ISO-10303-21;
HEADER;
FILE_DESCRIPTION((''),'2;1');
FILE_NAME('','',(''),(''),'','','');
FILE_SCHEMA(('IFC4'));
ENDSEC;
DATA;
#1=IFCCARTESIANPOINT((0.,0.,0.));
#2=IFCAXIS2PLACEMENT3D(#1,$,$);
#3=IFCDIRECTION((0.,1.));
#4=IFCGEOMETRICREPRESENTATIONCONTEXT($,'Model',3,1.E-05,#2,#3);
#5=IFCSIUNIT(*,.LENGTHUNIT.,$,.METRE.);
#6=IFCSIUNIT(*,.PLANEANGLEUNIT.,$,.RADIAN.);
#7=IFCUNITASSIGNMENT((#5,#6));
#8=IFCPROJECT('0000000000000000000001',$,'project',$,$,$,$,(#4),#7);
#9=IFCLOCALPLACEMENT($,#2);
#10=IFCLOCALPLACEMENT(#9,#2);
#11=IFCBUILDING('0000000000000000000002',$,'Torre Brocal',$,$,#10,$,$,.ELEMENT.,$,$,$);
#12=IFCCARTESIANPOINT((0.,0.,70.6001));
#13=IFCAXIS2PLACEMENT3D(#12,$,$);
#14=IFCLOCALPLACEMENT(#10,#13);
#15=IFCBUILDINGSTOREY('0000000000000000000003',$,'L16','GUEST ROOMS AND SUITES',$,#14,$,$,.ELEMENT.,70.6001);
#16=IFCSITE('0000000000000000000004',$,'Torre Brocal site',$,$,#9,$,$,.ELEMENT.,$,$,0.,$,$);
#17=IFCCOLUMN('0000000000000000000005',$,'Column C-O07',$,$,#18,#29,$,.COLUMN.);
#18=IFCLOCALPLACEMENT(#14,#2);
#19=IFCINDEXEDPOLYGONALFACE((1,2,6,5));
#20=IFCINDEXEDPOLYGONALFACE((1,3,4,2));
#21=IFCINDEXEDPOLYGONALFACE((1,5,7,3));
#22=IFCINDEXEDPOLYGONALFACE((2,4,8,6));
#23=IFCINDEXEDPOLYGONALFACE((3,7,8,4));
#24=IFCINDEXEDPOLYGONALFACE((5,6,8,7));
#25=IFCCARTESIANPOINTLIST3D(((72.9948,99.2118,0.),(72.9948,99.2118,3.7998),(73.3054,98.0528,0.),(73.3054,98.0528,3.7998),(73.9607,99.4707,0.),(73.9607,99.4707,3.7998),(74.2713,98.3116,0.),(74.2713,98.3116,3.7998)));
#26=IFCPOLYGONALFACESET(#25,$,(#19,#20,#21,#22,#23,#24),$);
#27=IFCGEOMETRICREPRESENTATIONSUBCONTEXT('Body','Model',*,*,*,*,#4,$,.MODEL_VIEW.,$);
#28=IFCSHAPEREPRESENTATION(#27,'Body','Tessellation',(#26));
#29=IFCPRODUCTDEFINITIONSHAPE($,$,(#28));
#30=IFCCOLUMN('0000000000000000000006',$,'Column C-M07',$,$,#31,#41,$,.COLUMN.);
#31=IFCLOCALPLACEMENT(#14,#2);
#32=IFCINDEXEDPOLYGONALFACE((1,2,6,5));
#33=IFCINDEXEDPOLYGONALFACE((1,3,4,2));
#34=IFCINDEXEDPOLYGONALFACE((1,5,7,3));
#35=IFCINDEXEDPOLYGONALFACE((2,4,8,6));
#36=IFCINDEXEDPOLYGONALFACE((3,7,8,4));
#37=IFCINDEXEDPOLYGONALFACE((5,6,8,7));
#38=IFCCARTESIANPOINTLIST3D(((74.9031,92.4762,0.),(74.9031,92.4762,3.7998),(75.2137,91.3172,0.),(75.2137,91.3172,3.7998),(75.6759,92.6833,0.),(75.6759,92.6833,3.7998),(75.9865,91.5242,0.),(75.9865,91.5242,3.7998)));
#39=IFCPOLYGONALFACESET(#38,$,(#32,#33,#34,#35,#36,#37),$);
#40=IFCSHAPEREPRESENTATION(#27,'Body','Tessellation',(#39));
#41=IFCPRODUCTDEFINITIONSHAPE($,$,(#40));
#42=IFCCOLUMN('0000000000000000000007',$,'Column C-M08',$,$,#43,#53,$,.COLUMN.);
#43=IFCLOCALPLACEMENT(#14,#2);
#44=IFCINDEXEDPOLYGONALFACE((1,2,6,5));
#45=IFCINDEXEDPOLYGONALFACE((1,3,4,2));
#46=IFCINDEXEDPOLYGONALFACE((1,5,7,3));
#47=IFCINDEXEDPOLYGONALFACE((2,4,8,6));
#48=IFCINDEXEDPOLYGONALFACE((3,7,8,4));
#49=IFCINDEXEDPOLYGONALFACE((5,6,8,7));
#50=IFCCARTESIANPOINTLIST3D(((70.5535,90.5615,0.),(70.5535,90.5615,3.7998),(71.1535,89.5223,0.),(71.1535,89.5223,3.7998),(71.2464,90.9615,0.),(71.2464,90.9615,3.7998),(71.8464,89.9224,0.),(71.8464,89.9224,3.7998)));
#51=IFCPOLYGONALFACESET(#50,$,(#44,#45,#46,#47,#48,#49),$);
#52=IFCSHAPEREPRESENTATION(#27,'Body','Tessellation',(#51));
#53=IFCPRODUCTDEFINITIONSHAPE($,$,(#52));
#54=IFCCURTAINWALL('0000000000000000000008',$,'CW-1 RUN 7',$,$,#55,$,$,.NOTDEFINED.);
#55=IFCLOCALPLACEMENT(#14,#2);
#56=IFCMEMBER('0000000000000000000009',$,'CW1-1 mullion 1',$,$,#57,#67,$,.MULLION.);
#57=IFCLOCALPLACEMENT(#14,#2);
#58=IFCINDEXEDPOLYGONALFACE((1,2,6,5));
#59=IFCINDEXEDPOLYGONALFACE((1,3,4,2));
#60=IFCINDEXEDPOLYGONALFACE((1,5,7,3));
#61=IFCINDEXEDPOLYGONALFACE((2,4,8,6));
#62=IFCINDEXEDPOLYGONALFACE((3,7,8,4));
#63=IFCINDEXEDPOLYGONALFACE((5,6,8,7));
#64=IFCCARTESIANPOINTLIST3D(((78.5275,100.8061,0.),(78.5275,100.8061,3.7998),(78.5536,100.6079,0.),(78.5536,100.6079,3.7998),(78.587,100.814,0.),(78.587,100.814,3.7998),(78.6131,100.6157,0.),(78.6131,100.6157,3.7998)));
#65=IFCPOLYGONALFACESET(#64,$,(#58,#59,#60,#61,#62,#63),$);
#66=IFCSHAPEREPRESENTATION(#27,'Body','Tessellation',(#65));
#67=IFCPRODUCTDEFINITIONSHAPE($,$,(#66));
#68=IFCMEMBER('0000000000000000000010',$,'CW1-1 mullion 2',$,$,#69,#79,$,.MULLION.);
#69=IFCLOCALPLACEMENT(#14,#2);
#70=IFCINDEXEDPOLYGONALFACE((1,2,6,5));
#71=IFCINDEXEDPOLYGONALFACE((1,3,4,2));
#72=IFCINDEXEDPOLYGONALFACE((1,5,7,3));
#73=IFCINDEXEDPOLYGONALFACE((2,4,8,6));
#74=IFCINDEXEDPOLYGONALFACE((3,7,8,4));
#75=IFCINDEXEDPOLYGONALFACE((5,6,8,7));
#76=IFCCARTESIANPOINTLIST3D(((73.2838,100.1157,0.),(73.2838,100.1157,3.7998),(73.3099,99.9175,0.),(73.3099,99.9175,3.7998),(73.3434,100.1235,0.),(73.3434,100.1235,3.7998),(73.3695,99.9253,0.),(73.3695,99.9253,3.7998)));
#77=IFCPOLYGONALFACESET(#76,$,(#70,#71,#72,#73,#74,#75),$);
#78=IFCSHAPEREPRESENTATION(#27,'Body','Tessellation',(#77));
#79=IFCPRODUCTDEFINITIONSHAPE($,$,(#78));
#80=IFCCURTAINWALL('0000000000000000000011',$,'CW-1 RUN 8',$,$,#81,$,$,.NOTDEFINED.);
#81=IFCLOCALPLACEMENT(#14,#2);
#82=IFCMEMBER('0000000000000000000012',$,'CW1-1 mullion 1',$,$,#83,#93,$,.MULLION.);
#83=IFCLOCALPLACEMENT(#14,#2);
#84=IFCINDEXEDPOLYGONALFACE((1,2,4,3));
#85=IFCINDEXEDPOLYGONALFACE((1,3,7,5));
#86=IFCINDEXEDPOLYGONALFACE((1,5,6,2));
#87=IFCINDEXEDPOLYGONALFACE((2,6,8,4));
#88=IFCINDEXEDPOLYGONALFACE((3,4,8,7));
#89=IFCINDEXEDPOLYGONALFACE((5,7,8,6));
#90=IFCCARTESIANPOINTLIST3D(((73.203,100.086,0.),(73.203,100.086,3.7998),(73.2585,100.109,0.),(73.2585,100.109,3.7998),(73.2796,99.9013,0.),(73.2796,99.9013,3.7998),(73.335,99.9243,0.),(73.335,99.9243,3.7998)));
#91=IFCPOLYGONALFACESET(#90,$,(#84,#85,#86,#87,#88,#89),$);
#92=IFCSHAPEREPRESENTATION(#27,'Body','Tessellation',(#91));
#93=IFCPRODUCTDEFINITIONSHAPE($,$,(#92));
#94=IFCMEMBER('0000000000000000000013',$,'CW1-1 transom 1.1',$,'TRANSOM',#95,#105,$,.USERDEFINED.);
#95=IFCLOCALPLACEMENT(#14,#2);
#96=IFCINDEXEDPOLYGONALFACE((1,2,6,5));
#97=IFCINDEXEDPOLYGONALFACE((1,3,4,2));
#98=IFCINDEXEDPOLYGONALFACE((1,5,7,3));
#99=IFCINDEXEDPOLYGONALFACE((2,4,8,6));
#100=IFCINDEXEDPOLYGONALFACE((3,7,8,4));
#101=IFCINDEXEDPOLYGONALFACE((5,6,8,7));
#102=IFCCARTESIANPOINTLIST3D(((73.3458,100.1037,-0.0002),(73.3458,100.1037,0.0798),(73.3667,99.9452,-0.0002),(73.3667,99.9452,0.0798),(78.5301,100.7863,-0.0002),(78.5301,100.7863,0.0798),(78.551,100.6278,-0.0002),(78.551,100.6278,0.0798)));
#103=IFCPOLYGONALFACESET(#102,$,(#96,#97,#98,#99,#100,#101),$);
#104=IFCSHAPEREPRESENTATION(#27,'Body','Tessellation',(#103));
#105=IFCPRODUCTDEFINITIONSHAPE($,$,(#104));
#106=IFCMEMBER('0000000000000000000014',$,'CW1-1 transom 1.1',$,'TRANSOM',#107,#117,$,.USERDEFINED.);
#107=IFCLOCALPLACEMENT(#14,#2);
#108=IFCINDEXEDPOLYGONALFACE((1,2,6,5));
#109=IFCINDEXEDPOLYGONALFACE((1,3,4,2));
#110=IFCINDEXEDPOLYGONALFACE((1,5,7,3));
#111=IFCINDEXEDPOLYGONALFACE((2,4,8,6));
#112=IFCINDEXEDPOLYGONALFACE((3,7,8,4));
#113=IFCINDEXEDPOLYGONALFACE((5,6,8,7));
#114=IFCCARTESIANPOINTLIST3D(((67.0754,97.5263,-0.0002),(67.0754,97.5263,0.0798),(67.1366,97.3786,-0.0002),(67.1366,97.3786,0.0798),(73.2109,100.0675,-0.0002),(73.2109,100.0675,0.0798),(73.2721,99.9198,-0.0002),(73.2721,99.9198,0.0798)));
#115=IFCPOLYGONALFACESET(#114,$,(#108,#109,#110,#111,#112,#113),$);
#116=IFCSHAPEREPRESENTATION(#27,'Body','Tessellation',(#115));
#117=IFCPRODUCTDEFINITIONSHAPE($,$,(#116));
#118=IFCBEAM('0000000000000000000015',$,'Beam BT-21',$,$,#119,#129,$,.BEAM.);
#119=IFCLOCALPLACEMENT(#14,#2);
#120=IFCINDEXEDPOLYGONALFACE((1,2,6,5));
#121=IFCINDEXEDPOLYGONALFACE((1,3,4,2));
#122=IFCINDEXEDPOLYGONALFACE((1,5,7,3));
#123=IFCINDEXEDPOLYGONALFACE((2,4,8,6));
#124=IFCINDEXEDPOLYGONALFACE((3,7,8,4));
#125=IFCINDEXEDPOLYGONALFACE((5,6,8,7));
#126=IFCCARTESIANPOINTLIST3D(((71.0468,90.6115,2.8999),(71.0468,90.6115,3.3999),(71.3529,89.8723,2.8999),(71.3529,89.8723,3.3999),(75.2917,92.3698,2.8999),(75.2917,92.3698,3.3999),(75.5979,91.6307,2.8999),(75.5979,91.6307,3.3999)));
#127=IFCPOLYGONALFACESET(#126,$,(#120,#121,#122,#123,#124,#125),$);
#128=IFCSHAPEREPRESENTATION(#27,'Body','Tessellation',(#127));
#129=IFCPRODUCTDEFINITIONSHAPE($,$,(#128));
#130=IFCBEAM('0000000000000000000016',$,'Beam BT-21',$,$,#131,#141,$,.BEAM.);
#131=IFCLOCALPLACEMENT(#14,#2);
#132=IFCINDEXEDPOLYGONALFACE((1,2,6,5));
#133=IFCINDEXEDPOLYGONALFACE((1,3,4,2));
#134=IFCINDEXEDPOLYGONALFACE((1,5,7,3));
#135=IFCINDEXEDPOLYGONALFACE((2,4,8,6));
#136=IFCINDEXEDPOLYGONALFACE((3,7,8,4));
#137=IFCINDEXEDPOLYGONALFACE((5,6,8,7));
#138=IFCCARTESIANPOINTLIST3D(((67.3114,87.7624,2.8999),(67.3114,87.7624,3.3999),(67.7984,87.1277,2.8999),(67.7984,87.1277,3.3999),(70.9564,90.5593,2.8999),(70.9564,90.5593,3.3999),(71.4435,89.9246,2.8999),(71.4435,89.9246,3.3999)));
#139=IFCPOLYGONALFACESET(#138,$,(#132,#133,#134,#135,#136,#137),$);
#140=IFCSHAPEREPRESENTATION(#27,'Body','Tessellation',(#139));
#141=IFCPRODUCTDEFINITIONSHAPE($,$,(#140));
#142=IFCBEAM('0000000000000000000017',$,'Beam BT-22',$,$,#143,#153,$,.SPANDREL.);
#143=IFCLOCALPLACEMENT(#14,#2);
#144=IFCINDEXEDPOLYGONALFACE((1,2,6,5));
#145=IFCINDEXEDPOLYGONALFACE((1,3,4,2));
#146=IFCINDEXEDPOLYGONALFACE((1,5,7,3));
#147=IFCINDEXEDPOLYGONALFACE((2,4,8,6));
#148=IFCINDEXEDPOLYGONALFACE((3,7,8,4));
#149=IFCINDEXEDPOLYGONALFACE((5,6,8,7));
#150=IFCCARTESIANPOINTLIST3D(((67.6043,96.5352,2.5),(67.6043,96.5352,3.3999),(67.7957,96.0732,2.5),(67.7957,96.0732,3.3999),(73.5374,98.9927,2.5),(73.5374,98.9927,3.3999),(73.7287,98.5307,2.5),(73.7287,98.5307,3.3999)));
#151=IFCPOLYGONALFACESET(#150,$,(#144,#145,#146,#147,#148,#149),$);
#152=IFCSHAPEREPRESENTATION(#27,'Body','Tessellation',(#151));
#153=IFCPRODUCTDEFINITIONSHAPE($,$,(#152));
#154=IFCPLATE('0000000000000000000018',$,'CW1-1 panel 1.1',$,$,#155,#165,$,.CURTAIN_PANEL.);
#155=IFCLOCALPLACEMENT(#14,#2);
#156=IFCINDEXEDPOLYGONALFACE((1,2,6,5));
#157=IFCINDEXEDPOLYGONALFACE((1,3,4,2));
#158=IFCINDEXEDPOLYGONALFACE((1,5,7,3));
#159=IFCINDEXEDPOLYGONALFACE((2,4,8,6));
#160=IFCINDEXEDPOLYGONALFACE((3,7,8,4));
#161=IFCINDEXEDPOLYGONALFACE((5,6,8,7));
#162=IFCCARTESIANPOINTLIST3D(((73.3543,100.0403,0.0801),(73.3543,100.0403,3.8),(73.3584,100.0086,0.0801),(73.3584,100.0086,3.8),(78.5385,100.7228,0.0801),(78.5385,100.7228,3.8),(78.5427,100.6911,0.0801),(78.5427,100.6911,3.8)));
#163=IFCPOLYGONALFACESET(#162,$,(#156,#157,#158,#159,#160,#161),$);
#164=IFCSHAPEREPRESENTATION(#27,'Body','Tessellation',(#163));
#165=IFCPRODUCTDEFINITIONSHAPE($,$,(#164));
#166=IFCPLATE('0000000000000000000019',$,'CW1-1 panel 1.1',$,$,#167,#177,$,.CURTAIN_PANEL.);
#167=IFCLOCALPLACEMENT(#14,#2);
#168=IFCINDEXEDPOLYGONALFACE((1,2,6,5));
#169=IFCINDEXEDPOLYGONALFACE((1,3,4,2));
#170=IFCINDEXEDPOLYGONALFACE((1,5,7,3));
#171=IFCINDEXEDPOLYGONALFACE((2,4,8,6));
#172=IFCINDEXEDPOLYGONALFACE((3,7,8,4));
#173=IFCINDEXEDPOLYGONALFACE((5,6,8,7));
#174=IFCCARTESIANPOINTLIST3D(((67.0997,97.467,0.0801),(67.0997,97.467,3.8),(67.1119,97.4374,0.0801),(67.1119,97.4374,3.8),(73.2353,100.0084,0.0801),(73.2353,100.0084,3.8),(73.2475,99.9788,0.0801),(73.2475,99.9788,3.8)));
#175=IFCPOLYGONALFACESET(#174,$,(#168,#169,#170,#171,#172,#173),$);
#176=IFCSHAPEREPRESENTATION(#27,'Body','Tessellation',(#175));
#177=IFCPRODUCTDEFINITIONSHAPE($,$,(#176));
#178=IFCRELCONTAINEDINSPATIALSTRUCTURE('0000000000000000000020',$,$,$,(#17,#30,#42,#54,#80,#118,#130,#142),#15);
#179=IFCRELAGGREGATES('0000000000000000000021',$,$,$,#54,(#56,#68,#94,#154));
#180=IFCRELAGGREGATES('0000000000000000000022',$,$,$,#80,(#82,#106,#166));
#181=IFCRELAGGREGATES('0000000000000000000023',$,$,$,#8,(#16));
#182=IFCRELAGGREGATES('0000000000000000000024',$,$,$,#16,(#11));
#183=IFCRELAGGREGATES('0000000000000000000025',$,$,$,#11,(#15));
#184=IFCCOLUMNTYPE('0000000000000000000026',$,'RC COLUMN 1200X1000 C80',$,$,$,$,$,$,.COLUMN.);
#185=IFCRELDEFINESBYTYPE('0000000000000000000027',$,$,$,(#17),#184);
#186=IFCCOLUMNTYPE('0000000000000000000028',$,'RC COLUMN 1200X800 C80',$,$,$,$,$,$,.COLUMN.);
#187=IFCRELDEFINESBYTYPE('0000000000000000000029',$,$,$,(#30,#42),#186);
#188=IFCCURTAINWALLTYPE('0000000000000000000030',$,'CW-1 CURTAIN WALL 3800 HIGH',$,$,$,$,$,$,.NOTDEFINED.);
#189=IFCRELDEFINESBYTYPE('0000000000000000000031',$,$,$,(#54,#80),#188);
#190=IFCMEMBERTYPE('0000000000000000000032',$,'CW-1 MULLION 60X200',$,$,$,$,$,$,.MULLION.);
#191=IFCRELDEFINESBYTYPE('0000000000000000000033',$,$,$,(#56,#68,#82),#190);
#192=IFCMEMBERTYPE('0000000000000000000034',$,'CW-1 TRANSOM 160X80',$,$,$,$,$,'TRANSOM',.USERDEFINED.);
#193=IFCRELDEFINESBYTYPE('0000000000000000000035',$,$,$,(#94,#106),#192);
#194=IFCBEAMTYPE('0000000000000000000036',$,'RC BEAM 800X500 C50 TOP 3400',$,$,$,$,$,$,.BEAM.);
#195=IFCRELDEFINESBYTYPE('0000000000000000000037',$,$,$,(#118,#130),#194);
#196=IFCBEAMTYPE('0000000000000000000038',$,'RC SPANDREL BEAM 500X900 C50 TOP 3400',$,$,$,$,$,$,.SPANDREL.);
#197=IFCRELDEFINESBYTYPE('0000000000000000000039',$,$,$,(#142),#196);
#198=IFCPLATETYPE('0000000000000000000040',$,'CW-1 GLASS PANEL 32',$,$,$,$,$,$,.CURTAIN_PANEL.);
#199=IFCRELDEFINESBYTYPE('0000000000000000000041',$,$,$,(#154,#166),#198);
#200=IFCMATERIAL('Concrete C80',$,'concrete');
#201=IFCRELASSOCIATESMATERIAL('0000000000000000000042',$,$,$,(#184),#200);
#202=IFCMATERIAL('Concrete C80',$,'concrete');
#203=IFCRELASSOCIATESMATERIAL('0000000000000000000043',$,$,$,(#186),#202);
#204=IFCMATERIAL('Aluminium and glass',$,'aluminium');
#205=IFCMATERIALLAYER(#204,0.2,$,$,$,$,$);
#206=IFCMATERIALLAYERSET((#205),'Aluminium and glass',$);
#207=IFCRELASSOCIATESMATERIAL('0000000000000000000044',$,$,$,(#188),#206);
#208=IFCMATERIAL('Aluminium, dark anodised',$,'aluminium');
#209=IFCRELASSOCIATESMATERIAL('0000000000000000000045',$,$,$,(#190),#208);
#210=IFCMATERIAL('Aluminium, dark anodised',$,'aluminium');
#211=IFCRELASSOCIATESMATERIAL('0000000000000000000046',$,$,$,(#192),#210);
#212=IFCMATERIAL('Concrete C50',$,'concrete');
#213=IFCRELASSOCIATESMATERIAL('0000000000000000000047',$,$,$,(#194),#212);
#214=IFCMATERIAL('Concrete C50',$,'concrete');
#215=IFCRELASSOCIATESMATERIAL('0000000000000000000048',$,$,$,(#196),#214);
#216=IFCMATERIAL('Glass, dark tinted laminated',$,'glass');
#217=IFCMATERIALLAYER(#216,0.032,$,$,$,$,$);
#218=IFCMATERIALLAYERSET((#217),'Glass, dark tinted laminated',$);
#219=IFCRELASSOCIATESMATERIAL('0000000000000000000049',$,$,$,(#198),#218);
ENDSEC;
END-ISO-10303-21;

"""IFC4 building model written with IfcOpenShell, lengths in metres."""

from ifc_helpers import new_model, si_unit, direction, frame, origin, origin_2d, place, context, subcontext, project, spatial, rectangle, extrude, material, layer, layer_set, material_profile, profile_set, type_object, element, aggregate, save


model = new_model("IFC4")

# Units and contexts
model_context = context("Model", 3, precision=1e-05, world=origin(), true_north=direction((0.0, 1.0)))
body_context = subcontext(model_context, "Body", "Model", "MODEL_VIEW")
ifc_project = project(units=[si_unit("LENGTHUNIT", "METRE"), si_unit("PLANEANGLEUNIT", "RADIAN")], contexts=[model_context])

# Site, building, storey
site_placement = place(None, origin())
site = spatial("IfcSite", under=ifc_project, at=site_placement, Name="Torre Brocal site", CompositionType="ELEMENT", RefElevation=0.0)
building_placement = place(site_placement, origin())
building = spatial("IfcBuilding", under=site, at=building_placement, Name="Torre Brocal", CompositionType="ELEMENT")
storey_placement = place(building_placement, frame((0.0, 0.0, 70.6001)))
storey = spatial("IfcBuildingStorey", under=building, at=storey_placement, Name="L16", Description="GUEST ROOMS AND SUITES", CompositionType="ELEMENT", Elevation=70.6001)

# Columns
ifc_material_1 = material(Name="Concrete C80", Category="concrete")
ifc_material_profile_1 = material_profile(ifc_material_1, rectangle(XDim=1.2, YDim=1.0, at=origin_2d()), Name="RC 1200X1000")
ifc_profile_set_1 = profile_set([ifc_material_profile_1], Name="Concrete C80")
column_type_1 = type_object("IfcColumnType", Name="RC COLUMN 1200X1000 C80", PredefinedType="COLUMN", material=ifc_profile_set_1)
column_placement = place(storey_placement, frame((73.6331, 98.7617, 0.0), z_axis=(0.0, 0.0, 1.0), x_axis=(-0.258819, 0.965926, 0.0)))
element("IfcColumn", 1, at=column_placement, inside=storey, type_object=column_type_1, Name="Column C-O07", PredefinedType="COLUMN", context=body_context, shape_type="SweptSolid", body=[
    extrude(rectangle(XDim=1.2, YDim=1.0, at=origin_2d()), origin(), (0.0, 0.0, 1.0), 3.7998),
])
ifc_material_2 = material(Name="Concrete C80", Category="concrete")
ifc_material_profile_2 = material_profile(ifc_material_2, rectangle(XDim=1.2, YDim=0.8, at=origin_2d()), Name="RC 1200X800")
ifc_profile_set_2 = profile_set([ifc_material_profile_2], Name="Concrete C80")
column_type_2 = type_object("IfcColumnType", Name="RC COLUMN 1200X800 C80", PredefinedType="COLUMN", material=ifc_profile_set_2)
for number, where, z_axis, x_axis, name in (
    (2, (75.4448, 92.0002, 0.0), (0.0, 0.0, 1.0), (-0.258819, 0.965926, 0.0), "Column C-M07"),
    (3, (71.2, 90.2419, 0.0), (0.0, 0.0, 1.0), (-0.5, 0.866025, 0.0), "Column C-M08"),
):
    element("IfcColumn", number, at=place(storey_placement, frame(where, z_axis=z_axis, x_axis=x_axis)), inside=storey, type_object=column_type_2, Name=name, PredefinedType="COLUMN", context=body_context, shape_type="SweptSolid", body=[
        extrude(rectangle(XDim=1.2, YDim=0.8, at=origin_2d()), origin(), (0.0, 0.0, 1.0), 3.7998),
    ])

# Curtain wall, members
ifc_material_3 = material(Name="Aluminium and glass", Category="aluminium")
ifc_layer_1 = layer(ifc_material_3, 0.2)
ifc_layer_set_1 = layer_set([ifc_layer_1], Name="Aluminium and glass")
curtain_wall_type = type_object("IfcCurtainWallType", Name="CW-1 CURTAIN WALL 3800 HIGH", PredefinedType="NOTDEFINED", material=ifc_layer_set_1)
curtain_wall_1_placement = place(storey_placement, origin())
curtain_wall_1 = element("IfcCurtainWall", 4, at=curtain_wall_1_placement, inside=storey, type_object=curtain_wall_type, Name="CW-1 RUN 7", PredefinedType="NOTDEFINED")
ifc_material_4 = material(Name="Aluminium, dark anodised", Category="aluminium")
ifc_material_profile_3 = material_profile(ifc_material_4, rectangle(XDim=0.2, YDim=0.0601, at=origin_2d()), Name="CW-1 MULLION 60X200")
ifc_profile_set_3 = profile_set([ifc_material_profile_3], Name="Aluminium, dark anodised")
member_type_1 = type_object("IfcMemberType", Name="CW-1 MULLION 60X200", PredefinedType="MULLION", material=ifc_profile_set_3)
member_1_placement = place(storey_placement, frame((78.5703, 100.7109, 0.0), z_axis=(0.0, 0.0, 1.0), x_axis=(0.130526, -0.991445, 0.0)))
member_1 = element("IfcMember", 5, at=member_1_placement, type_object=member_type_1, Name="CW1-1 mullion 1", PredefinedType="MULLION", context=body_context, shape_type="SweptSolid", body=[
    extrude(rectangle(XDim=0.2, YDim=0.0601, at=origin_2d()), origin(), (0.0, 0.0, 1.0), 3.7998),
])
member_2_placement = place(storey_placement, frame((73.3267, 100.0205, 0.0), z_axis=(0.0, 0.0, 1.0), x_axis=(0.130526, -0.991445, 0.0)))
member_2 = element("IfcMember", 6, at=member_2_placement, type_object=member_type_1, Name="CW1-1 mullion 2", PredefinedType="MULLION", context=body_context, shape_type="SweptSolid", body=[
    extrude(rectangle(XDim=0.2, YDim=0.0601, at=origin_2d()), origin(), (0.0, 0.0, 1.0), 3.7998),
])

# Curtain wall, member
curtain_wall_2_placement = place(storey_placement, origin())
curtain_wall_2 = element("IfcCurtainWall", 7, at=curtain_wall_2_placement, inside=storey, type_object=curtain_wall_type, Name="CW-1 RUN 8", PredefinedType="NOTDEFINED")
member_3_placement = place(storey_placement, frame((73.269, 100.0051, 0.0), z_axis=(0.0, 0.0, 1.0), x_axis=(0.382683, -0.92388, 0.0)))
member_3 = element("IfcMember", 8, at=member_3_placement, type_object=member_type_1, Name="CW1-1 mullion 1", PredefinedType="MULLION", context=body_context, shape_type="SweptSolid", body=[
    extrude(rectangle(XDim=0.2, YDim=0.0601, at=origin_2d()), origin(), (0.0, 0.0, 1.0), 3.7998),
])

# Members
ifc_material_5 = material(Name="Aluminium, dark anodised", Category="aluminium")
ifc_material_profile_4 = material_profile(ifc_material_5, rectangle(XDim=0.1599, YDim=0.0801, at=origin_2d()), Name="CW-1 TRANSOM 160X80")
ifc_profile_set_4 = profile_set([ifc_material_profile_4], Name="Aluminium, dark anodised")
member_type_2 = type_object("IfcMemberType", Name="CW-1 TRANSOM 160X80", ElementType="TRANSOM", PredefinedType="USERDEFINED", material=ifc_profile_set_4)
member_4_placement = place(storey_placement, frame((78.5405, 100.707, 0.0398), z_axis=(-0.991443, -0.130543, 0.0), x_axis=(0.130543, -0.991443, 0.0)))
member_4 = element("IfcMember", 9, at=member_4_placement, type_object=member_type_2, Name="CW1-1 transom 1.1", ObjectType="TRANSOM", PredefinedType="USERDEFINED", context=body_context, shape_type="SweptSolid", body=[
    extrude(rectangle(XDim=0.1599, YDim=0.0801, at=origin_2d()), origin(), (0.0, 0.0, 1.0), 5.229),
])
member_5_placement = place(storey_placement, frame((73.2415, 99.9937, 0.0398), z_axis=(-0.923887, -0.382665, 0.0), x_axis=(0.382665, -0.923887, 0.0)))
member_5 = element("IfcMember", 10, at=member_5_placement, type_object=member_type_2, Name="CW1-1 transom 1.1", ObjectType="TRANSOM", PredefinedType="USERDEFINED", context=body_context, shape_type="SweptSolid", body=[
    extrude(rectangle(XDim=0.1599, YDim=0.0801, at=origin_2d()), origin(), (0.0, 0.0, 1.0), 6.6409),
])

# Beams
ifc_material_6 = material(Name="Concrete C50", Category="concrete")
ifc_material_profile_5 = material_profile(ifc_material_6, rectangle(XDim=0.8, YDim=0.5, at=origin_2d()), Name="RC 800X500")
ifc_profile_set_5 = profile_set([ifc_material_profile_5], Name="Concrete C50")
beam_type_1 = type_object("IfcBeamType", Name="RC BEAM 800X500 C50 TOP 3400", PredefinedType="BEAM", material=ifc_profile_set_5)
beam_1_placement = place(storey_placement, frame((75.4448, 92.0002, 3.1499), z_axis=(-0.923878, -0.382687, 0.0), x_axis=(0.382687, -0.923878, 0.0)))
element("IfcBeam", 11, at=beam_1_placement, inside=storey, type_object=beam_type_1, Name="Beam BT-21", PredefinedType="BEAM", context=body_context, shape_type="SweptSolid", body=[
    extrude(rectangle(XDim=0.8, YDim=0.5, at=origin_2d()), origin(), (0.0, 0.0, 1.0), 4.5947),
])
beam_2_placement = place(storey_placement, frame((71.2, 90.2419, 3.1499), z_axis=(-0.793358, -0.608755, 0.0), x_axis=(0.608755, -0.793358, 0.0)))
element("IfcBeam", 12, at=beam_2_placement, inside=storey, type_object=beam_type_1, Name="Beam BT-21", PredefinedType="BEAM", context=body_context, shape_type="SweptSolid", body=[
    extrude(rectangle(XDim=0.8, YDim=0.5, at=origin_2d()), origin(), (0.0, 0.0, 1.0), 4.5945),
])
ifc_material_7 = material(Name="Concrete C50", Category="concrete")
ifc_material_profile_6 = material_profile(ifc_material_7, rectangle(XDim=0.5, YDim=0.8999, at=origin_2d()), Name="RC 500X900")
ifc_profile_set_6 = profile_set([ifc_material_profile_6], Name="Concrete C50")
beam_type_2 = type_object("IfcBeamType", Name="RC SPANDREL BEAM 500X900 C50 TOP 3400", PredefinedType="SPANDREL", material=ifc_profile_set_6)
beam_3_placement = place(storey_placement, frame((73.6331, 98.7617, 2.95), z_axis=(-0.923882, -0.382676, 0.0), x_axis=(0.382676, -0.923882, 0.0)))
element("IfcBeam", 13, at=beam_3_placement, inside=storey, type_object=beam_type_2, Name="Beam BT-22", PredefinedType="SPANDREL", context=body_context, shape_type="SweptSolid", body=[
    extrude(rectangle(XDim=0.5, YDim=0.8999, at=origin_2d()), origin(), (0.0, 0.0, 1.0), 6.4219),
])

# Plates
ifc_material_8 = material(Name="Glass, dark tinted laminated", Category="glass")
ifc_layer_2 = layer(ifc_material_8, 0.032)
ifc_layer_set_2 = layer_set([ifc_layer_2], Name="Glass, dark tinted laminated")
plate_type = type_object("IfcPlateType", Name="CW-1 GLASS PANEL 32", PredefinedType="CURTAIN_PANEL", material=ifc_layer_set_2)
plate_1_placement = place(storey_placement, frame((75.9485, 100.3657, 0.0801), z_axis=(0.0, 0.0, 1.0), x_axis=(-0.991445, -0.130526, 0.0)))
plate_1 = element("IfcPlate", 14, at=plate_1_placement, type_object=plate_type, Name="CW1-1 panel 1.1", PredefinedType="CURTAIN_PANEL", context=body_context, shape_type="SweptSolid", body=[
    extrude(rectangle(XDim=5.229, YDim=0.032, at=origin_2d()), origin(), (0.0, 0.0, 1.0), 3.72),
])
aggregate(curtain_wall_1, [member_1, member_2, member_4, plate_1])
plate_2_placement = place(storey_placement, frame((70.1736, 98.7229, 0.0801), z_axis=(0.0, 0.0, 1.0), x_axis=(-0.92388, -0.382683, 0.0)))
plate_2 = element("IfcPlate", 15, at=plate_2_placement, type_object=plate_type, Name="CW1-1 panel 1.1", PredefinedType="CURTAIN_PANEL", context=body_context, shape_type="SweptSolid", body=[
    extrude(rectangle(XDim=6.6411, YDim=0.032, at=origin_2d()), origin(), (0.0, 0.0, 1.0), 3.72),
])
aggregate(curtain_wall_2, [member_3, member_5, plate_2])

save(model, "model.ifc")
